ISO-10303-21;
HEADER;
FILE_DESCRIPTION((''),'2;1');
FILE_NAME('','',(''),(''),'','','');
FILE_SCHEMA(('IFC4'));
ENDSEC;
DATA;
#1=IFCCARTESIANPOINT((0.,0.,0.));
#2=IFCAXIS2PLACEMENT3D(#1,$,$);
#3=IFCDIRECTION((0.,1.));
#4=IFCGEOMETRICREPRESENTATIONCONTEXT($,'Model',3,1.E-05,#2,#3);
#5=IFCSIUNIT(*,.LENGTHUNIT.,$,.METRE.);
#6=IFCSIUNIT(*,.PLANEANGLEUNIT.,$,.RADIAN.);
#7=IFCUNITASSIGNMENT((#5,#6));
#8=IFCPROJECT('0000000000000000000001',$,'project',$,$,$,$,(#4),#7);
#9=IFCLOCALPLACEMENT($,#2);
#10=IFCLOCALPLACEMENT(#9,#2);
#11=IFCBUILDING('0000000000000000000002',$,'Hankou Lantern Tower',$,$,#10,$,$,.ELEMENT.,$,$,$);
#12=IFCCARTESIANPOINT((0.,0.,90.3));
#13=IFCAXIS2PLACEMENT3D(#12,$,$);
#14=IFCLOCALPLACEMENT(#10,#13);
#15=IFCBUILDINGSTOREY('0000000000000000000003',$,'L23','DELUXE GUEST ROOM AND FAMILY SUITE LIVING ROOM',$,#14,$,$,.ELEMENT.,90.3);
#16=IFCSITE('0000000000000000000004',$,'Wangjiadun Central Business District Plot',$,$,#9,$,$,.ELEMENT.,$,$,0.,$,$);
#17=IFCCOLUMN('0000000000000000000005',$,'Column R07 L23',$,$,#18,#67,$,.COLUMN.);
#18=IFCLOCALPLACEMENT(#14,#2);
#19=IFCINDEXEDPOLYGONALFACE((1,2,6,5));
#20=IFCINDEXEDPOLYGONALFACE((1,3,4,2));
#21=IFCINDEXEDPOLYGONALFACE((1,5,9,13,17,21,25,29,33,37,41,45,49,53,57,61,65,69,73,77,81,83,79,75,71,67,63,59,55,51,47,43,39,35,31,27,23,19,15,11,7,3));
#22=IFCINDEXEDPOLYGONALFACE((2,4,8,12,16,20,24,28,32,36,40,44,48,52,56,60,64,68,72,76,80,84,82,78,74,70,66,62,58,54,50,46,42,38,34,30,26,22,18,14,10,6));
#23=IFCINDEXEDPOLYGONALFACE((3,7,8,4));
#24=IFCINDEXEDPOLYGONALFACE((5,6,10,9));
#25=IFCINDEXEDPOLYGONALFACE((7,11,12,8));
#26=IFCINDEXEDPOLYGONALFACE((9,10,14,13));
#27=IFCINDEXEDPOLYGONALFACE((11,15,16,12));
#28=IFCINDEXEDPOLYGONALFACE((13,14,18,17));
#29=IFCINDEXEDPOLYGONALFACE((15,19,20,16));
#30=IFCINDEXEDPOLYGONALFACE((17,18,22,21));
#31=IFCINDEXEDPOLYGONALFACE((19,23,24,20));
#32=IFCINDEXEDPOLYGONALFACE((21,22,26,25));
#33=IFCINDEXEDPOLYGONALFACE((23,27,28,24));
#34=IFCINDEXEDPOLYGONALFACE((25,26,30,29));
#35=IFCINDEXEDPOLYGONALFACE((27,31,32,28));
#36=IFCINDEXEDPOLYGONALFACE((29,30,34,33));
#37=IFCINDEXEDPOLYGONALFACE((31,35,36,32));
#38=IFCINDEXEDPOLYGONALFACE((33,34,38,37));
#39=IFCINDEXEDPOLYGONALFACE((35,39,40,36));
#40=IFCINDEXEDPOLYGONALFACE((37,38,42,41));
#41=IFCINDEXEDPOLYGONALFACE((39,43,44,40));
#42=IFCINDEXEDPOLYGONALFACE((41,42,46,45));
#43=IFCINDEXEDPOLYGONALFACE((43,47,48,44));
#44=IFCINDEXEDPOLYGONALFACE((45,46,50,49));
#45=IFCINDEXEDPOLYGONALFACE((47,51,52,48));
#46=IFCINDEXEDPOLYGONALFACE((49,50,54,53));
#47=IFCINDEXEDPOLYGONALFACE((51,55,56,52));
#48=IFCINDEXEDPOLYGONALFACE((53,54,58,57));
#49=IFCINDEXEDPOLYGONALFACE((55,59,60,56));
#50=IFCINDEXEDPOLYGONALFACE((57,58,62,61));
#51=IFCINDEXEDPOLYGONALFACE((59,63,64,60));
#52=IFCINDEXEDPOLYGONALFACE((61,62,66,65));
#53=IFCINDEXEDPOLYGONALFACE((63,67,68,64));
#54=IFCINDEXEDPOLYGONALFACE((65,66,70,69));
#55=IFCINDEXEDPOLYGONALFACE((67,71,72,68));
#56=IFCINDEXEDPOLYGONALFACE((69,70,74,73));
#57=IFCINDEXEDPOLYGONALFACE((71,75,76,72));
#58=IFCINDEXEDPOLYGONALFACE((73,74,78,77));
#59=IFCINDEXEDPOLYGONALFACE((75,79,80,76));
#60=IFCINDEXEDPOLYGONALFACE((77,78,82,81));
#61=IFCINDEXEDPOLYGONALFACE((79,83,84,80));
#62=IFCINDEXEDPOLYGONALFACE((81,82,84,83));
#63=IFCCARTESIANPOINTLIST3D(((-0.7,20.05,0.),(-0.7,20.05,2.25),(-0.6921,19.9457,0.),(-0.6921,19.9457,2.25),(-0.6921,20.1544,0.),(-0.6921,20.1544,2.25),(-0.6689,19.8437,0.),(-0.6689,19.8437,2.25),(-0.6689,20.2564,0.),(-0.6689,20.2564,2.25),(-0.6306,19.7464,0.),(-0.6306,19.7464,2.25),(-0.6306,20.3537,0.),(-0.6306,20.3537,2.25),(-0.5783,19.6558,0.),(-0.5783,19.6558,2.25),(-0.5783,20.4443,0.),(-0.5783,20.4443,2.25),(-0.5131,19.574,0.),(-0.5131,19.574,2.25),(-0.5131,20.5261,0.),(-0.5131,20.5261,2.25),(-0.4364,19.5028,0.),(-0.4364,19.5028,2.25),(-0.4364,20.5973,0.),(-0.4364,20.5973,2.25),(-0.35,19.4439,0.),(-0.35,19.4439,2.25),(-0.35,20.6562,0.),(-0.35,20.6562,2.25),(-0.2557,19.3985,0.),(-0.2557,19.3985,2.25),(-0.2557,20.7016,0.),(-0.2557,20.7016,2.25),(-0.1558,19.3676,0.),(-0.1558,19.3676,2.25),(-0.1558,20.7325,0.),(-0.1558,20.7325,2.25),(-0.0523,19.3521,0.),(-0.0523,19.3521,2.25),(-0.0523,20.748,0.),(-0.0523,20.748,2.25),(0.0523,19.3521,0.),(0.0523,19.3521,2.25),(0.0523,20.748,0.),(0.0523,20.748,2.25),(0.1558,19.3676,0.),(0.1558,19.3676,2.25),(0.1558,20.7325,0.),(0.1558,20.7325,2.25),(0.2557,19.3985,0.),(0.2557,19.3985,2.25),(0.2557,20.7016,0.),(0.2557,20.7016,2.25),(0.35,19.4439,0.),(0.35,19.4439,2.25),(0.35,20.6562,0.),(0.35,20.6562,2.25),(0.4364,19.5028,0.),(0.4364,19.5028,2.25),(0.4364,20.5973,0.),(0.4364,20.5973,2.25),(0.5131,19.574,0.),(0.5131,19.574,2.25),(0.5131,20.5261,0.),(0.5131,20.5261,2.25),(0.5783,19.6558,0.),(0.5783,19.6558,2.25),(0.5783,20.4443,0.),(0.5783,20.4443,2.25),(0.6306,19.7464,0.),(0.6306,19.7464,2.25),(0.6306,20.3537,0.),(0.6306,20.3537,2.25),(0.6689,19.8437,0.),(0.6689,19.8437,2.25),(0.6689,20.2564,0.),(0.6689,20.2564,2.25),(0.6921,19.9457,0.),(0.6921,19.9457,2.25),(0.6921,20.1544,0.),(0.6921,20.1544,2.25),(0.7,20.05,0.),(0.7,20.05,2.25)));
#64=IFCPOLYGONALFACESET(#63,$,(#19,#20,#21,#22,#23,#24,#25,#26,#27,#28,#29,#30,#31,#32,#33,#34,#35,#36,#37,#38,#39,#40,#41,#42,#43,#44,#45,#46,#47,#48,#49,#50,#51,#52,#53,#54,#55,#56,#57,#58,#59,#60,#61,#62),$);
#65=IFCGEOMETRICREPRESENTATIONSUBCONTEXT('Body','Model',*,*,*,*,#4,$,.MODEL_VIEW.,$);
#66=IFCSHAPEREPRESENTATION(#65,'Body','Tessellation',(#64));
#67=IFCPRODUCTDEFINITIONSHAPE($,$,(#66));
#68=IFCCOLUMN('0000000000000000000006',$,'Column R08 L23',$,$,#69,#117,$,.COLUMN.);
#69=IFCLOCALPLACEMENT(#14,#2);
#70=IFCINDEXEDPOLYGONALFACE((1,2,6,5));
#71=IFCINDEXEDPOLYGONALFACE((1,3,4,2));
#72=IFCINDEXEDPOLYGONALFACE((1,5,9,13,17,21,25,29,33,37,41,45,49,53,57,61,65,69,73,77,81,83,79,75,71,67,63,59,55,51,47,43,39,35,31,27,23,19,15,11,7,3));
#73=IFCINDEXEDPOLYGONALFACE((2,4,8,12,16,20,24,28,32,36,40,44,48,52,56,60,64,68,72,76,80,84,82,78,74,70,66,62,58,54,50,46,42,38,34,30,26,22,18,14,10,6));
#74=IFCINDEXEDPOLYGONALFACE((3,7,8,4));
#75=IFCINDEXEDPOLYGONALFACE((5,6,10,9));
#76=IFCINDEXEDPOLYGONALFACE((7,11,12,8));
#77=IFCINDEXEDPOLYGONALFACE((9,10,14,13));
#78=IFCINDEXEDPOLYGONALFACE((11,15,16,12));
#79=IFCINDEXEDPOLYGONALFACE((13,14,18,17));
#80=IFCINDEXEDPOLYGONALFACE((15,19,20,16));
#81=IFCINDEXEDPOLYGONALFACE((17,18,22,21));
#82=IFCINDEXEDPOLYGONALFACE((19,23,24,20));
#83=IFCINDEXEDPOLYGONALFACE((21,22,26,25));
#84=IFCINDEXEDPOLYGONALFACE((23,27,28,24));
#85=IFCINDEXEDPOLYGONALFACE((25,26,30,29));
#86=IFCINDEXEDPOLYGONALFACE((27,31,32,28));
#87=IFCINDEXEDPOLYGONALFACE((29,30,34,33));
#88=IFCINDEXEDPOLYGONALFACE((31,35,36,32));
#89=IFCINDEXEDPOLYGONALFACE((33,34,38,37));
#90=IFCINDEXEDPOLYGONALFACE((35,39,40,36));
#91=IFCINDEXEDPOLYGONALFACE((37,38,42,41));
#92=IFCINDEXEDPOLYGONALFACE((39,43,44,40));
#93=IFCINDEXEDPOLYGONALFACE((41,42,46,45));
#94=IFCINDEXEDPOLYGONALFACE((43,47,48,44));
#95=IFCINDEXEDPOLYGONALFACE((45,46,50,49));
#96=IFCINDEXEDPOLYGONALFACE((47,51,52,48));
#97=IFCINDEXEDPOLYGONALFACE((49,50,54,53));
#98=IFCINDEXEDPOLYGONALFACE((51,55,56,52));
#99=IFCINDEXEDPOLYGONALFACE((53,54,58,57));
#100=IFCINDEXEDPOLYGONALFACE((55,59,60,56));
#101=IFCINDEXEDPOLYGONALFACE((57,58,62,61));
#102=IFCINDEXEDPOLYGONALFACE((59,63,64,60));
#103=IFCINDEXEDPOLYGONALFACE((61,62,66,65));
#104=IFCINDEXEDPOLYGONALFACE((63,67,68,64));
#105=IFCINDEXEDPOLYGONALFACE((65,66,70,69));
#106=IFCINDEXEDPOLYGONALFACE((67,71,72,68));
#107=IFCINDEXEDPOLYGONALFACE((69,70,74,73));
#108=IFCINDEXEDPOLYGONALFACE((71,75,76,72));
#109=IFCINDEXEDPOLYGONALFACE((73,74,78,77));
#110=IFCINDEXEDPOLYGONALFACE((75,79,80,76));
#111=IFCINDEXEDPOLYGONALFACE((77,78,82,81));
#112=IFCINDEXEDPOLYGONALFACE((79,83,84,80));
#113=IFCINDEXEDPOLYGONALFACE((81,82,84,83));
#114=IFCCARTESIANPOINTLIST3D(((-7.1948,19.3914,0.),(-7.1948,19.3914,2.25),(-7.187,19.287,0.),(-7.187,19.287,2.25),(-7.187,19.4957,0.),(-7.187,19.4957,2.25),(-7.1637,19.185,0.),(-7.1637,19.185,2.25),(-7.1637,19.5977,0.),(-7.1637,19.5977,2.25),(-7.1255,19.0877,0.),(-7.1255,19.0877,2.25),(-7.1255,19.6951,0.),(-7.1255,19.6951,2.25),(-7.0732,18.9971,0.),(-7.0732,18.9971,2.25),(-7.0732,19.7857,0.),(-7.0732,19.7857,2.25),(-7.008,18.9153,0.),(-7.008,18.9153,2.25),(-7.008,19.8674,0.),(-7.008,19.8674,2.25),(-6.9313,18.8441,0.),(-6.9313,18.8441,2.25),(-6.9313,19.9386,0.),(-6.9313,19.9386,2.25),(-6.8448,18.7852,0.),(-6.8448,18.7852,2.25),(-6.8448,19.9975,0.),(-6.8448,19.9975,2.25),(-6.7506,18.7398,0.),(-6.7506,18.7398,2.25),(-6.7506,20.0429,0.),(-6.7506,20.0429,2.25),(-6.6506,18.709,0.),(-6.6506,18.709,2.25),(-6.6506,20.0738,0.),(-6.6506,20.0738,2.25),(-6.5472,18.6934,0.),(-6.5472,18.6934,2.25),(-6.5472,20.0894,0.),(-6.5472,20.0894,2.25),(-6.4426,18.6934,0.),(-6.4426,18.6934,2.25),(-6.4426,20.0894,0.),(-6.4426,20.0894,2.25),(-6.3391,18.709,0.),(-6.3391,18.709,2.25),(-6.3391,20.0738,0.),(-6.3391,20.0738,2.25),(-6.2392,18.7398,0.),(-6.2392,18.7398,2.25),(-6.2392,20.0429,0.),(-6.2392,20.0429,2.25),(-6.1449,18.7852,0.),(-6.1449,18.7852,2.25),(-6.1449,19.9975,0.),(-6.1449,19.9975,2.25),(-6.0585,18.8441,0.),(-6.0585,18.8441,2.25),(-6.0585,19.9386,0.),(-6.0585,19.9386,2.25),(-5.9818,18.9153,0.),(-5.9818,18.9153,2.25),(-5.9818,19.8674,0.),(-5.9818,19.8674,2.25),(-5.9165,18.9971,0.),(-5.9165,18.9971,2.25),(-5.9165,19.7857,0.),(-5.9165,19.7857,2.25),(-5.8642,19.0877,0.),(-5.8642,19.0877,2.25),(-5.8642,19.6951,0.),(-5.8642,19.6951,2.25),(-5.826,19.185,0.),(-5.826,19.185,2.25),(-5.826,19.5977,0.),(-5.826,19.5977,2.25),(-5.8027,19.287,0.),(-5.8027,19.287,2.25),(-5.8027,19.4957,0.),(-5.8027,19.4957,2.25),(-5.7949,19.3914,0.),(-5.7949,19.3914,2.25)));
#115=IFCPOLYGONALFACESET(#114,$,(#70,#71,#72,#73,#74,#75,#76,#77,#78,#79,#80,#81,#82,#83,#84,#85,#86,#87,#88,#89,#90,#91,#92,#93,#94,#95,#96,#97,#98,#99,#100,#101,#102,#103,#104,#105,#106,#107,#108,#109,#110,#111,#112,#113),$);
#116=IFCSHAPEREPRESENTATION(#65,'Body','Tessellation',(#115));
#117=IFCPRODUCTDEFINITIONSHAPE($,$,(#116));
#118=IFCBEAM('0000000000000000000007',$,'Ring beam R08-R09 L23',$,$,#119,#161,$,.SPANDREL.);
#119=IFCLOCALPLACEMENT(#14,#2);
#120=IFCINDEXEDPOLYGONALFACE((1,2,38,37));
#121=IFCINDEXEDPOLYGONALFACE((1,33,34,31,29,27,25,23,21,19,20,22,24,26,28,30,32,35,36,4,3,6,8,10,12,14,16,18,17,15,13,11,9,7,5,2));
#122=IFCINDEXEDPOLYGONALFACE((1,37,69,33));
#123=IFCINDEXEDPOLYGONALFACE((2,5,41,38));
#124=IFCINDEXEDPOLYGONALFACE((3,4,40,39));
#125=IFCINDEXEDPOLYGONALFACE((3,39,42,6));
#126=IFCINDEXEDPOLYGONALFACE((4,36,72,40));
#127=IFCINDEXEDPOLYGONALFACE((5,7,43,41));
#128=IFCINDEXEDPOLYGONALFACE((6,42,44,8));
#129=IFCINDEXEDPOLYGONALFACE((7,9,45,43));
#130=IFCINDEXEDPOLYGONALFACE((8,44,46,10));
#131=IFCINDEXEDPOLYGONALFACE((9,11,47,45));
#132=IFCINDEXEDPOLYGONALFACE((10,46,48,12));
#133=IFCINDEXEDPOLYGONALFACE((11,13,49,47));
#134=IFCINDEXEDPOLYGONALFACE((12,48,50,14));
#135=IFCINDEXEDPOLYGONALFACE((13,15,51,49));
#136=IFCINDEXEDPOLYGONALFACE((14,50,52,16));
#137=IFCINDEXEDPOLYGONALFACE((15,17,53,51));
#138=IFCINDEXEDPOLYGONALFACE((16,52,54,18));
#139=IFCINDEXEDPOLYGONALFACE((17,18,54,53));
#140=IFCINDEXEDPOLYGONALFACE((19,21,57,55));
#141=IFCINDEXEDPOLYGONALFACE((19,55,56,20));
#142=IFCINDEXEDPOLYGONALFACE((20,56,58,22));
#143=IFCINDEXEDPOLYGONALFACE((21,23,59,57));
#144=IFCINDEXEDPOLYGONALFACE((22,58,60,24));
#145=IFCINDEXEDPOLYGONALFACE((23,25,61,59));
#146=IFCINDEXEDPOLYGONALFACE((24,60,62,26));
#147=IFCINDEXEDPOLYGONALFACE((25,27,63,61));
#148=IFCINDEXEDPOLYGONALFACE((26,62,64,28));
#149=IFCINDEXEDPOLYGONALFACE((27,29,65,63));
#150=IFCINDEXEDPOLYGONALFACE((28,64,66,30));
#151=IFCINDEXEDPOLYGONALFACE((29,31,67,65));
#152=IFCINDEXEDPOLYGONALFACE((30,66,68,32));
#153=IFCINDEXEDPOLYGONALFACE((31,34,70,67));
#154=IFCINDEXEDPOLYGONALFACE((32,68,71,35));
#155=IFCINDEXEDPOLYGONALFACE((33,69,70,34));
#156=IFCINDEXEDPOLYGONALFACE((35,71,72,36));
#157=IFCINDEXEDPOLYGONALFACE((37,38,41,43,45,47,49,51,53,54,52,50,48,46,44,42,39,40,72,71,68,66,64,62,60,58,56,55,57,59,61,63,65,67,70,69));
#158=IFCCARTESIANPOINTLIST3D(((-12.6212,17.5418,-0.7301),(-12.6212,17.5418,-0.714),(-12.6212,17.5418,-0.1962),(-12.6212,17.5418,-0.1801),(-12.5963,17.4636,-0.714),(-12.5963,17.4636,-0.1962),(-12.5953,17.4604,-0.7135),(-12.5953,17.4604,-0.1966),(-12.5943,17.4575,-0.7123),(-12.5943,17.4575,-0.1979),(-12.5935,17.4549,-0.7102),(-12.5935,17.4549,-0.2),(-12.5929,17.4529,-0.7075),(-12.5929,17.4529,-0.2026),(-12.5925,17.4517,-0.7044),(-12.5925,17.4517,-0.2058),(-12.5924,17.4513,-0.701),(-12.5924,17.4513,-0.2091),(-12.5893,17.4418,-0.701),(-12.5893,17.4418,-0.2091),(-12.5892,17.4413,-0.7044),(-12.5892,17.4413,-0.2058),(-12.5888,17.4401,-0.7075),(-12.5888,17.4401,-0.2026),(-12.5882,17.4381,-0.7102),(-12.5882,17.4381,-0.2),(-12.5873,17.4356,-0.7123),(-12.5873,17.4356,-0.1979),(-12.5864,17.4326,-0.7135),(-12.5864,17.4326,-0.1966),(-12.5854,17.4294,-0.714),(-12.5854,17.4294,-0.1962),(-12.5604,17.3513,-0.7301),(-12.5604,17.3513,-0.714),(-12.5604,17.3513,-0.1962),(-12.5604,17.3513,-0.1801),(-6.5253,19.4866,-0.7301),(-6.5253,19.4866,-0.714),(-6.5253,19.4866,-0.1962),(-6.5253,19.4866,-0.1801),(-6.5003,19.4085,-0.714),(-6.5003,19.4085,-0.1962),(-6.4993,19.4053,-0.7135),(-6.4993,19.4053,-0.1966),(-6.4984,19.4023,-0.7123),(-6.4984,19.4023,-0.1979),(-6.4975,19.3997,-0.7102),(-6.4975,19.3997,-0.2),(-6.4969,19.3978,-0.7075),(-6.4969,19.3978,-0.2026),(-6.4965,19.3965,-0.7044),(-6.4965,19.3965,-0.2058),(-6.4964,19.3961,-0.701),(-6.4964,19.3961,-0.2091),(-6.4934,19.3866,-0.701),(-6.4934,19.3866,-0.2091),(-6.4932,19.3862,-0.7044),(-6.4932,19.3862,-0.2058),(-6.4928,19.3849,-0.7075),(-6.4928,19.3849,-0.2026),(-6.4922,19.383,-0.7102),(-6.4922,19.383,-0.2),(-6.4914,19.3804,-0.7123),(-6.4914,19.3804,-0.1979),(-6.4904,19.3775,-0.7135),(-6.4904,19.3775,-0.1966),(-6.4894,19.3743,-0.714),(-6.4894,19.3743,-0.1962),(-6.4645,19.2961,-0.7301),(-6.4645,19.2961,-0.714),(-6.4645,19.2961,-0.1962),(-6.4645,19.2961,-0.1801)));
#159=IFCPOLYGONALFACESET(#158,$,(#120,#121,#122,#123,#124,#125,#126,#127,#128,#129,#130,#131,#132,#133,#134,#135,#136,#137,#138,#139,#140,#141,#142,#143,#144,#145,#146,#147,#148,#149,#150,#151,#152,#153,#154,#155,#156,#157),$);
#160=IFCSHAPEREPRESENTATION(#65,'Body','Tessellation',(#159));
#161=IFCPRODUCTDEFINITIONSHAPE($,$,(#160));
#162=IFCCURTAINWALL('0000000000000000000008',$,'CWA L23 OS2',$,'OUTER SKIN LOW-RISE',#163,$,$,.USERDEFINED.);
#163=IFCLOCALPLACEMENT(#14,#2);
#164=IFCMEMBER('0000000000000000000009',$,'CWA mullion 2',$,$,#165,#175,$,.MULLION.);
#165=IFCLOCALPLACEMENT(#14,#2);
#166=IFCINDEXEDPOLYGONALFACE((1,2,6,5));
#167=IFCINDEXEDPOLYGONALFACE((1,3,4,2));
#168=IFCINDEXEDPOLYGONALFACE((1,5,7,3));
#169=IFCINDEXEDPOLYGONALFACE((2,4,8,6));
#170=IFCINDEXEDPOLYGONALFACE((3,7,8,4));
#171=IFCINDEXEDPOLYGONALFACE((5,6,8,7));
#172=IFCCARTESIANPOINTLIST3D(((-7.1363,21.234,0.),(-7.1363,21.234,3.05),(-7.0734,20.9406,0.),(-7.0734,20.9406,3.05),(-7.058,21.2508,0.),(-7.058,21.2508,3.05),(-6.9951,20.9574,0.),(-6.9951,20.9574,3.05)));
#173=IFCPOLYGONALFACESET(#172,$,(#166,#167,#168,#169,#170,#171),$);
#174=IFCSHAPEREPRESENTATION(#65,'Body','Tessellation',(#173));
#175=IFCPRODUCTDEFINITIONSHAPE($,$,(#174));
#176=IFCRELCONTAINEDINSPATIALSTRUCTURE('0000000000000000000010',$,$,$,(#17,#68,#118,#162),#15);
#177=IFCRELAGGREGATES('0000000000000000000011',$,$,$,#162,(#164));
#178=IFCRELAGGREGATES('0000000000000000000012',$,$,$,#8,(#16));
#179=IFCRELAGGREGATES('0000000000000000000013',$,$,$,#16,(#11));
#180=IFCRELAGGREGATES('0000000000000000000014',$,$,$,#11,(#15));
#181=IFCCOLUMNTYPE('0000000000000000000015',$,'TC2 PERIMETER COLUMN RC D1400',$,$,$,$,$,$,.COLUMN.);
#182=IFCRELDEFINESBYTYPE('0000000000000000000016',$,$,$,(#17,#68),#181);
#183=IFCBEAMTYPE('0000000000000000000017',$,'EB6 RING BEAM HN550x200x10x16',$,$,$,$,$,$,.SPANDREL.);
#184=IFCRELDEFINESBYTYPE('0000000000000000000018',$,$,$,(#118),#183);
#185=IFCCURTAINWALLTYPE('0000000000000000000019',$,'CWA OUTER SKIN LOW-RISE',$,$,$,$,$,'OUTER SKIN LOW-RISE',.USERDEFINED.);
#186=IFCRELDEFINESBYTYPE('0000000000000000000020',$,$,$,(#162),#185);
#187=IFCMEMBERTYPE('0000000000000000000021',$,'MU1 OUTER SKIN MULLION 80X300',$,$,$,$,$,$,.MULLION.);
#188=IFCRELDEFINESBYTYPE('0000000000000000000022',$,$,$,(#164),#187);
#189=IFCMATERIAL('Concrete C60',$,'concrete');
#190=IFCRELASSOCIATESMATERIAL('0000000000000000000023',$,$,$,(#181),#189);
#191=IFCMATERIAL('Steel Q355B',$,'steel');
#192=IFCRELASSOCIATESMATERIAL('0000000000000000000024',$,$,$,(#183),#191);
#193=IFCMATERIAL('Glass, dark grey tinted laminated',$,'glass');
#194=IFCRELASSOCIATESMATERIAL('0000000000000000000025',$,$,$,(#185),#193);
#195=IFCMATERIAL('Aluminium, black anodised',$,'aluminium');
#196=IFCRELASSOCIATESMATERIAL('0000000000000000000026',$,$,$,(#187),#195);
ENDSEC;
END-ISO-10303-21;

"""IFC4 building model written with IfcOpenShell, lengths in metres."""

from ifc_helpers import new_model, si_unit, direction, frame, origin, origin_2d, place, context, subcontext, project, spatial, rectangle, circle, i_section, extrude, clip, halfspace, material, material_profile, profile_set, type_object, element, aggregate, save


model = new_model("IFC4")

# Units and contexts
model_context = context("Model", 3, precision=1e-05, world=origin(), true_north=direction((0.0, 1.0)))
body_context = subcontext(model_context, "Body", "Model", "MODEL_VIEW")
ifc_project = project(units=[si_unit("LENGTHUNIT", "METRE"), si_unit("PLANEANGLEUNIT", "RADIAN")], contexts=[model_context])

# Site, building, storey
site_placement = place(None, origin())
site = spatial("IfcSite", under=ifc_project, at=site_placement, Name="Wangjiadun Central Business District Plot", CompositionType="ELEMENT", RefElevation=0.0)
building_placement = place(site_placement, origin())
building = spatial("IfcBuilding", under=site, at=building_placement, Name="Hankou Lantern Tower", CompositionType="ELEMENT")
storey_placement = place(building_placement, frame((0.0, 0.0, 90.3)))
storey = spatial("IfcBuildingStorey", under=building, at=storey_placement, Name="L23", Description="DELUXE GUEST ROOM AND FAMILY SUITE LIVING ROOM", CompositionType="ELEMENT", Elevation=90.3)

# Columns
ifc_material_1 = material(Name="Concrete C60", Category="concrete")
ifc_material_profile_1 = material_profile(ifc_material_1, circle(Radius=0.7, at=origin_2d()), Name="RC D1400")
ifc_profile_set_1 = profile_set([ifc_material_profile_1], Name="Concrete C60")
column_type = type_object("IfcColumnType", Name="TC2 PERIMETER COLUMN RC D1400", PredefinedType="COLUMN", material=ifc_profile_set_1)
for number, where, z_axis, x_axis, name in (
    (1, (0.0, 20.05, 0.0), (0.0, 0.0, 1.0), (1.0, 0.0, 0.0), "Column R07 L23"),
    (2, (-6.4949, 19.3914, 0.0), (0.0, 0.0, 1.0), (1.0, 0.0, 0.0), "Column R08 L23"),
):
    element("IfcColumn", number, at=place(storey_placement, frame(where, z_axis=z_axis, x_axis=x_axis)), inside=storey, type_object=column_type, Name=name, PredefinedType="COLUMN", context=body_context, shape_type="Clipping", body=[
        clip(extrude(circle(Radius=0.7, at=origin_2d()), origin(), (0.0, 0.0, 1.0), 3.3), halfspace(frame((0.0, 0.0, 2.25), z_axis=(0.0, 0.0, 1.0), x_axis=(1.0, 0.0, 0.0)), False)),
    ])

# Beam
ifc_material_2 = material(Name="Steel Q355B", Category="steel")
ifc_material_profile_2 = material_profile(ifc_material_2, i_section(OverallWidth=0.2, OverallDepth=0.55, WebThickness=0.01, FlangeThickness=0.0161, FilletRadius=0.0129, at=origin_2d()), Name="HN550x200x10x16")
ifc_profile_set_2 = profile_set([ifc_material_profile_2], Name="Steel Q355B")
beam_type_1 = type_object("IfcBeamType", Name="EB6 RING BEAM HN550x200x10x16", PredefinedType="SPANDREL", material=ifc_profile_set_2)
beam_1_placement = place(storey_placement, frame((-6.4949, 19.3914, -0.4551), z_axis=(-0.95269, -0.303942, 0.0), x_axis=(0.303942, -0.95269, 0.0)))
element("IfcBeam", 3, at=beam_1_placement, inside=storey, type_object=beam_type_1, Name="Ring beam R08-R09 L23", PredefinedType="SPANDREL", context=body_context, shape_type="SweptSolid", body=[
    extrude(i_section(OverallWidth=0.2, OverallDepth=0.55, WebThickness=0.01, FlangeThickness=0.0161, FilletRadius=0.0129, at=origin_2d()), origin(), (0.0, 0.0, 1.0), 6.3987),
])

# Curtain wall, member
ifc_material_3 = material(Name="Glass, dark grey tinted laminated", Category="glass")
curtain_wall_type = type_object("IfcCurtainWallType", Name="CWA OUTER SKIN LOW-RISE", ElementType="OUTER SKIN LOW-RISE", PredefinedType="USERDEFINED", material=ifc_material_3)
curtain_wall_placement = place(storey_placement, origin())
curtain_wall = element("IfcCurtainWall", 4, at=curtain_wall_placement, inside=storey, type_object=curtain_wall_type, Name="CWA L23 OS2", ObjectType="OUTER SKIN LOW-RISE", PredefinedType="USERDEFINED")
ifc_material_4 = material(Name="Aluminium, black anodised", Category="aluminium")
ifc_material_profile_3 = material_profile(ifc_material_4, rectangle(XDim=0.0801, YDim=0.3, at=origin_2d()), Name="MU1 80X300")
ifc_profile_set_3 = profile_set([ifc_material_profile_3], Name="Aluminium, black anodised")
member_type_1 = type_object("IfcMemberType", Name="MU1 OUTER SKIN MULLION 80X300", PredefinedType="MULLION", material=ifc_profile_set_3)
member_1_placement = place(storey_placement, frame((-7.0657, 21.0957, 0.0), z_axis=(0.0, 0.0, 1.0), x_axis=(-0.977788, -0.209598, 0.0)))
member_1 = element("IfcMember", 5, at=member_1_placement, type_object=member_type_1, Name="CWA mullion 2", PredefinedType="MULLION", context=body_context, shape_type="SweptSolid", body=[
    extrude(rectangle(XDim=0.0801, YDim=0.3, at=origin_2d()), origin(), (0.0, 0.0, 1.0), 3.05),
])

aggregate(curtain_wall, [member_1])

save(model, "model.ifc")
